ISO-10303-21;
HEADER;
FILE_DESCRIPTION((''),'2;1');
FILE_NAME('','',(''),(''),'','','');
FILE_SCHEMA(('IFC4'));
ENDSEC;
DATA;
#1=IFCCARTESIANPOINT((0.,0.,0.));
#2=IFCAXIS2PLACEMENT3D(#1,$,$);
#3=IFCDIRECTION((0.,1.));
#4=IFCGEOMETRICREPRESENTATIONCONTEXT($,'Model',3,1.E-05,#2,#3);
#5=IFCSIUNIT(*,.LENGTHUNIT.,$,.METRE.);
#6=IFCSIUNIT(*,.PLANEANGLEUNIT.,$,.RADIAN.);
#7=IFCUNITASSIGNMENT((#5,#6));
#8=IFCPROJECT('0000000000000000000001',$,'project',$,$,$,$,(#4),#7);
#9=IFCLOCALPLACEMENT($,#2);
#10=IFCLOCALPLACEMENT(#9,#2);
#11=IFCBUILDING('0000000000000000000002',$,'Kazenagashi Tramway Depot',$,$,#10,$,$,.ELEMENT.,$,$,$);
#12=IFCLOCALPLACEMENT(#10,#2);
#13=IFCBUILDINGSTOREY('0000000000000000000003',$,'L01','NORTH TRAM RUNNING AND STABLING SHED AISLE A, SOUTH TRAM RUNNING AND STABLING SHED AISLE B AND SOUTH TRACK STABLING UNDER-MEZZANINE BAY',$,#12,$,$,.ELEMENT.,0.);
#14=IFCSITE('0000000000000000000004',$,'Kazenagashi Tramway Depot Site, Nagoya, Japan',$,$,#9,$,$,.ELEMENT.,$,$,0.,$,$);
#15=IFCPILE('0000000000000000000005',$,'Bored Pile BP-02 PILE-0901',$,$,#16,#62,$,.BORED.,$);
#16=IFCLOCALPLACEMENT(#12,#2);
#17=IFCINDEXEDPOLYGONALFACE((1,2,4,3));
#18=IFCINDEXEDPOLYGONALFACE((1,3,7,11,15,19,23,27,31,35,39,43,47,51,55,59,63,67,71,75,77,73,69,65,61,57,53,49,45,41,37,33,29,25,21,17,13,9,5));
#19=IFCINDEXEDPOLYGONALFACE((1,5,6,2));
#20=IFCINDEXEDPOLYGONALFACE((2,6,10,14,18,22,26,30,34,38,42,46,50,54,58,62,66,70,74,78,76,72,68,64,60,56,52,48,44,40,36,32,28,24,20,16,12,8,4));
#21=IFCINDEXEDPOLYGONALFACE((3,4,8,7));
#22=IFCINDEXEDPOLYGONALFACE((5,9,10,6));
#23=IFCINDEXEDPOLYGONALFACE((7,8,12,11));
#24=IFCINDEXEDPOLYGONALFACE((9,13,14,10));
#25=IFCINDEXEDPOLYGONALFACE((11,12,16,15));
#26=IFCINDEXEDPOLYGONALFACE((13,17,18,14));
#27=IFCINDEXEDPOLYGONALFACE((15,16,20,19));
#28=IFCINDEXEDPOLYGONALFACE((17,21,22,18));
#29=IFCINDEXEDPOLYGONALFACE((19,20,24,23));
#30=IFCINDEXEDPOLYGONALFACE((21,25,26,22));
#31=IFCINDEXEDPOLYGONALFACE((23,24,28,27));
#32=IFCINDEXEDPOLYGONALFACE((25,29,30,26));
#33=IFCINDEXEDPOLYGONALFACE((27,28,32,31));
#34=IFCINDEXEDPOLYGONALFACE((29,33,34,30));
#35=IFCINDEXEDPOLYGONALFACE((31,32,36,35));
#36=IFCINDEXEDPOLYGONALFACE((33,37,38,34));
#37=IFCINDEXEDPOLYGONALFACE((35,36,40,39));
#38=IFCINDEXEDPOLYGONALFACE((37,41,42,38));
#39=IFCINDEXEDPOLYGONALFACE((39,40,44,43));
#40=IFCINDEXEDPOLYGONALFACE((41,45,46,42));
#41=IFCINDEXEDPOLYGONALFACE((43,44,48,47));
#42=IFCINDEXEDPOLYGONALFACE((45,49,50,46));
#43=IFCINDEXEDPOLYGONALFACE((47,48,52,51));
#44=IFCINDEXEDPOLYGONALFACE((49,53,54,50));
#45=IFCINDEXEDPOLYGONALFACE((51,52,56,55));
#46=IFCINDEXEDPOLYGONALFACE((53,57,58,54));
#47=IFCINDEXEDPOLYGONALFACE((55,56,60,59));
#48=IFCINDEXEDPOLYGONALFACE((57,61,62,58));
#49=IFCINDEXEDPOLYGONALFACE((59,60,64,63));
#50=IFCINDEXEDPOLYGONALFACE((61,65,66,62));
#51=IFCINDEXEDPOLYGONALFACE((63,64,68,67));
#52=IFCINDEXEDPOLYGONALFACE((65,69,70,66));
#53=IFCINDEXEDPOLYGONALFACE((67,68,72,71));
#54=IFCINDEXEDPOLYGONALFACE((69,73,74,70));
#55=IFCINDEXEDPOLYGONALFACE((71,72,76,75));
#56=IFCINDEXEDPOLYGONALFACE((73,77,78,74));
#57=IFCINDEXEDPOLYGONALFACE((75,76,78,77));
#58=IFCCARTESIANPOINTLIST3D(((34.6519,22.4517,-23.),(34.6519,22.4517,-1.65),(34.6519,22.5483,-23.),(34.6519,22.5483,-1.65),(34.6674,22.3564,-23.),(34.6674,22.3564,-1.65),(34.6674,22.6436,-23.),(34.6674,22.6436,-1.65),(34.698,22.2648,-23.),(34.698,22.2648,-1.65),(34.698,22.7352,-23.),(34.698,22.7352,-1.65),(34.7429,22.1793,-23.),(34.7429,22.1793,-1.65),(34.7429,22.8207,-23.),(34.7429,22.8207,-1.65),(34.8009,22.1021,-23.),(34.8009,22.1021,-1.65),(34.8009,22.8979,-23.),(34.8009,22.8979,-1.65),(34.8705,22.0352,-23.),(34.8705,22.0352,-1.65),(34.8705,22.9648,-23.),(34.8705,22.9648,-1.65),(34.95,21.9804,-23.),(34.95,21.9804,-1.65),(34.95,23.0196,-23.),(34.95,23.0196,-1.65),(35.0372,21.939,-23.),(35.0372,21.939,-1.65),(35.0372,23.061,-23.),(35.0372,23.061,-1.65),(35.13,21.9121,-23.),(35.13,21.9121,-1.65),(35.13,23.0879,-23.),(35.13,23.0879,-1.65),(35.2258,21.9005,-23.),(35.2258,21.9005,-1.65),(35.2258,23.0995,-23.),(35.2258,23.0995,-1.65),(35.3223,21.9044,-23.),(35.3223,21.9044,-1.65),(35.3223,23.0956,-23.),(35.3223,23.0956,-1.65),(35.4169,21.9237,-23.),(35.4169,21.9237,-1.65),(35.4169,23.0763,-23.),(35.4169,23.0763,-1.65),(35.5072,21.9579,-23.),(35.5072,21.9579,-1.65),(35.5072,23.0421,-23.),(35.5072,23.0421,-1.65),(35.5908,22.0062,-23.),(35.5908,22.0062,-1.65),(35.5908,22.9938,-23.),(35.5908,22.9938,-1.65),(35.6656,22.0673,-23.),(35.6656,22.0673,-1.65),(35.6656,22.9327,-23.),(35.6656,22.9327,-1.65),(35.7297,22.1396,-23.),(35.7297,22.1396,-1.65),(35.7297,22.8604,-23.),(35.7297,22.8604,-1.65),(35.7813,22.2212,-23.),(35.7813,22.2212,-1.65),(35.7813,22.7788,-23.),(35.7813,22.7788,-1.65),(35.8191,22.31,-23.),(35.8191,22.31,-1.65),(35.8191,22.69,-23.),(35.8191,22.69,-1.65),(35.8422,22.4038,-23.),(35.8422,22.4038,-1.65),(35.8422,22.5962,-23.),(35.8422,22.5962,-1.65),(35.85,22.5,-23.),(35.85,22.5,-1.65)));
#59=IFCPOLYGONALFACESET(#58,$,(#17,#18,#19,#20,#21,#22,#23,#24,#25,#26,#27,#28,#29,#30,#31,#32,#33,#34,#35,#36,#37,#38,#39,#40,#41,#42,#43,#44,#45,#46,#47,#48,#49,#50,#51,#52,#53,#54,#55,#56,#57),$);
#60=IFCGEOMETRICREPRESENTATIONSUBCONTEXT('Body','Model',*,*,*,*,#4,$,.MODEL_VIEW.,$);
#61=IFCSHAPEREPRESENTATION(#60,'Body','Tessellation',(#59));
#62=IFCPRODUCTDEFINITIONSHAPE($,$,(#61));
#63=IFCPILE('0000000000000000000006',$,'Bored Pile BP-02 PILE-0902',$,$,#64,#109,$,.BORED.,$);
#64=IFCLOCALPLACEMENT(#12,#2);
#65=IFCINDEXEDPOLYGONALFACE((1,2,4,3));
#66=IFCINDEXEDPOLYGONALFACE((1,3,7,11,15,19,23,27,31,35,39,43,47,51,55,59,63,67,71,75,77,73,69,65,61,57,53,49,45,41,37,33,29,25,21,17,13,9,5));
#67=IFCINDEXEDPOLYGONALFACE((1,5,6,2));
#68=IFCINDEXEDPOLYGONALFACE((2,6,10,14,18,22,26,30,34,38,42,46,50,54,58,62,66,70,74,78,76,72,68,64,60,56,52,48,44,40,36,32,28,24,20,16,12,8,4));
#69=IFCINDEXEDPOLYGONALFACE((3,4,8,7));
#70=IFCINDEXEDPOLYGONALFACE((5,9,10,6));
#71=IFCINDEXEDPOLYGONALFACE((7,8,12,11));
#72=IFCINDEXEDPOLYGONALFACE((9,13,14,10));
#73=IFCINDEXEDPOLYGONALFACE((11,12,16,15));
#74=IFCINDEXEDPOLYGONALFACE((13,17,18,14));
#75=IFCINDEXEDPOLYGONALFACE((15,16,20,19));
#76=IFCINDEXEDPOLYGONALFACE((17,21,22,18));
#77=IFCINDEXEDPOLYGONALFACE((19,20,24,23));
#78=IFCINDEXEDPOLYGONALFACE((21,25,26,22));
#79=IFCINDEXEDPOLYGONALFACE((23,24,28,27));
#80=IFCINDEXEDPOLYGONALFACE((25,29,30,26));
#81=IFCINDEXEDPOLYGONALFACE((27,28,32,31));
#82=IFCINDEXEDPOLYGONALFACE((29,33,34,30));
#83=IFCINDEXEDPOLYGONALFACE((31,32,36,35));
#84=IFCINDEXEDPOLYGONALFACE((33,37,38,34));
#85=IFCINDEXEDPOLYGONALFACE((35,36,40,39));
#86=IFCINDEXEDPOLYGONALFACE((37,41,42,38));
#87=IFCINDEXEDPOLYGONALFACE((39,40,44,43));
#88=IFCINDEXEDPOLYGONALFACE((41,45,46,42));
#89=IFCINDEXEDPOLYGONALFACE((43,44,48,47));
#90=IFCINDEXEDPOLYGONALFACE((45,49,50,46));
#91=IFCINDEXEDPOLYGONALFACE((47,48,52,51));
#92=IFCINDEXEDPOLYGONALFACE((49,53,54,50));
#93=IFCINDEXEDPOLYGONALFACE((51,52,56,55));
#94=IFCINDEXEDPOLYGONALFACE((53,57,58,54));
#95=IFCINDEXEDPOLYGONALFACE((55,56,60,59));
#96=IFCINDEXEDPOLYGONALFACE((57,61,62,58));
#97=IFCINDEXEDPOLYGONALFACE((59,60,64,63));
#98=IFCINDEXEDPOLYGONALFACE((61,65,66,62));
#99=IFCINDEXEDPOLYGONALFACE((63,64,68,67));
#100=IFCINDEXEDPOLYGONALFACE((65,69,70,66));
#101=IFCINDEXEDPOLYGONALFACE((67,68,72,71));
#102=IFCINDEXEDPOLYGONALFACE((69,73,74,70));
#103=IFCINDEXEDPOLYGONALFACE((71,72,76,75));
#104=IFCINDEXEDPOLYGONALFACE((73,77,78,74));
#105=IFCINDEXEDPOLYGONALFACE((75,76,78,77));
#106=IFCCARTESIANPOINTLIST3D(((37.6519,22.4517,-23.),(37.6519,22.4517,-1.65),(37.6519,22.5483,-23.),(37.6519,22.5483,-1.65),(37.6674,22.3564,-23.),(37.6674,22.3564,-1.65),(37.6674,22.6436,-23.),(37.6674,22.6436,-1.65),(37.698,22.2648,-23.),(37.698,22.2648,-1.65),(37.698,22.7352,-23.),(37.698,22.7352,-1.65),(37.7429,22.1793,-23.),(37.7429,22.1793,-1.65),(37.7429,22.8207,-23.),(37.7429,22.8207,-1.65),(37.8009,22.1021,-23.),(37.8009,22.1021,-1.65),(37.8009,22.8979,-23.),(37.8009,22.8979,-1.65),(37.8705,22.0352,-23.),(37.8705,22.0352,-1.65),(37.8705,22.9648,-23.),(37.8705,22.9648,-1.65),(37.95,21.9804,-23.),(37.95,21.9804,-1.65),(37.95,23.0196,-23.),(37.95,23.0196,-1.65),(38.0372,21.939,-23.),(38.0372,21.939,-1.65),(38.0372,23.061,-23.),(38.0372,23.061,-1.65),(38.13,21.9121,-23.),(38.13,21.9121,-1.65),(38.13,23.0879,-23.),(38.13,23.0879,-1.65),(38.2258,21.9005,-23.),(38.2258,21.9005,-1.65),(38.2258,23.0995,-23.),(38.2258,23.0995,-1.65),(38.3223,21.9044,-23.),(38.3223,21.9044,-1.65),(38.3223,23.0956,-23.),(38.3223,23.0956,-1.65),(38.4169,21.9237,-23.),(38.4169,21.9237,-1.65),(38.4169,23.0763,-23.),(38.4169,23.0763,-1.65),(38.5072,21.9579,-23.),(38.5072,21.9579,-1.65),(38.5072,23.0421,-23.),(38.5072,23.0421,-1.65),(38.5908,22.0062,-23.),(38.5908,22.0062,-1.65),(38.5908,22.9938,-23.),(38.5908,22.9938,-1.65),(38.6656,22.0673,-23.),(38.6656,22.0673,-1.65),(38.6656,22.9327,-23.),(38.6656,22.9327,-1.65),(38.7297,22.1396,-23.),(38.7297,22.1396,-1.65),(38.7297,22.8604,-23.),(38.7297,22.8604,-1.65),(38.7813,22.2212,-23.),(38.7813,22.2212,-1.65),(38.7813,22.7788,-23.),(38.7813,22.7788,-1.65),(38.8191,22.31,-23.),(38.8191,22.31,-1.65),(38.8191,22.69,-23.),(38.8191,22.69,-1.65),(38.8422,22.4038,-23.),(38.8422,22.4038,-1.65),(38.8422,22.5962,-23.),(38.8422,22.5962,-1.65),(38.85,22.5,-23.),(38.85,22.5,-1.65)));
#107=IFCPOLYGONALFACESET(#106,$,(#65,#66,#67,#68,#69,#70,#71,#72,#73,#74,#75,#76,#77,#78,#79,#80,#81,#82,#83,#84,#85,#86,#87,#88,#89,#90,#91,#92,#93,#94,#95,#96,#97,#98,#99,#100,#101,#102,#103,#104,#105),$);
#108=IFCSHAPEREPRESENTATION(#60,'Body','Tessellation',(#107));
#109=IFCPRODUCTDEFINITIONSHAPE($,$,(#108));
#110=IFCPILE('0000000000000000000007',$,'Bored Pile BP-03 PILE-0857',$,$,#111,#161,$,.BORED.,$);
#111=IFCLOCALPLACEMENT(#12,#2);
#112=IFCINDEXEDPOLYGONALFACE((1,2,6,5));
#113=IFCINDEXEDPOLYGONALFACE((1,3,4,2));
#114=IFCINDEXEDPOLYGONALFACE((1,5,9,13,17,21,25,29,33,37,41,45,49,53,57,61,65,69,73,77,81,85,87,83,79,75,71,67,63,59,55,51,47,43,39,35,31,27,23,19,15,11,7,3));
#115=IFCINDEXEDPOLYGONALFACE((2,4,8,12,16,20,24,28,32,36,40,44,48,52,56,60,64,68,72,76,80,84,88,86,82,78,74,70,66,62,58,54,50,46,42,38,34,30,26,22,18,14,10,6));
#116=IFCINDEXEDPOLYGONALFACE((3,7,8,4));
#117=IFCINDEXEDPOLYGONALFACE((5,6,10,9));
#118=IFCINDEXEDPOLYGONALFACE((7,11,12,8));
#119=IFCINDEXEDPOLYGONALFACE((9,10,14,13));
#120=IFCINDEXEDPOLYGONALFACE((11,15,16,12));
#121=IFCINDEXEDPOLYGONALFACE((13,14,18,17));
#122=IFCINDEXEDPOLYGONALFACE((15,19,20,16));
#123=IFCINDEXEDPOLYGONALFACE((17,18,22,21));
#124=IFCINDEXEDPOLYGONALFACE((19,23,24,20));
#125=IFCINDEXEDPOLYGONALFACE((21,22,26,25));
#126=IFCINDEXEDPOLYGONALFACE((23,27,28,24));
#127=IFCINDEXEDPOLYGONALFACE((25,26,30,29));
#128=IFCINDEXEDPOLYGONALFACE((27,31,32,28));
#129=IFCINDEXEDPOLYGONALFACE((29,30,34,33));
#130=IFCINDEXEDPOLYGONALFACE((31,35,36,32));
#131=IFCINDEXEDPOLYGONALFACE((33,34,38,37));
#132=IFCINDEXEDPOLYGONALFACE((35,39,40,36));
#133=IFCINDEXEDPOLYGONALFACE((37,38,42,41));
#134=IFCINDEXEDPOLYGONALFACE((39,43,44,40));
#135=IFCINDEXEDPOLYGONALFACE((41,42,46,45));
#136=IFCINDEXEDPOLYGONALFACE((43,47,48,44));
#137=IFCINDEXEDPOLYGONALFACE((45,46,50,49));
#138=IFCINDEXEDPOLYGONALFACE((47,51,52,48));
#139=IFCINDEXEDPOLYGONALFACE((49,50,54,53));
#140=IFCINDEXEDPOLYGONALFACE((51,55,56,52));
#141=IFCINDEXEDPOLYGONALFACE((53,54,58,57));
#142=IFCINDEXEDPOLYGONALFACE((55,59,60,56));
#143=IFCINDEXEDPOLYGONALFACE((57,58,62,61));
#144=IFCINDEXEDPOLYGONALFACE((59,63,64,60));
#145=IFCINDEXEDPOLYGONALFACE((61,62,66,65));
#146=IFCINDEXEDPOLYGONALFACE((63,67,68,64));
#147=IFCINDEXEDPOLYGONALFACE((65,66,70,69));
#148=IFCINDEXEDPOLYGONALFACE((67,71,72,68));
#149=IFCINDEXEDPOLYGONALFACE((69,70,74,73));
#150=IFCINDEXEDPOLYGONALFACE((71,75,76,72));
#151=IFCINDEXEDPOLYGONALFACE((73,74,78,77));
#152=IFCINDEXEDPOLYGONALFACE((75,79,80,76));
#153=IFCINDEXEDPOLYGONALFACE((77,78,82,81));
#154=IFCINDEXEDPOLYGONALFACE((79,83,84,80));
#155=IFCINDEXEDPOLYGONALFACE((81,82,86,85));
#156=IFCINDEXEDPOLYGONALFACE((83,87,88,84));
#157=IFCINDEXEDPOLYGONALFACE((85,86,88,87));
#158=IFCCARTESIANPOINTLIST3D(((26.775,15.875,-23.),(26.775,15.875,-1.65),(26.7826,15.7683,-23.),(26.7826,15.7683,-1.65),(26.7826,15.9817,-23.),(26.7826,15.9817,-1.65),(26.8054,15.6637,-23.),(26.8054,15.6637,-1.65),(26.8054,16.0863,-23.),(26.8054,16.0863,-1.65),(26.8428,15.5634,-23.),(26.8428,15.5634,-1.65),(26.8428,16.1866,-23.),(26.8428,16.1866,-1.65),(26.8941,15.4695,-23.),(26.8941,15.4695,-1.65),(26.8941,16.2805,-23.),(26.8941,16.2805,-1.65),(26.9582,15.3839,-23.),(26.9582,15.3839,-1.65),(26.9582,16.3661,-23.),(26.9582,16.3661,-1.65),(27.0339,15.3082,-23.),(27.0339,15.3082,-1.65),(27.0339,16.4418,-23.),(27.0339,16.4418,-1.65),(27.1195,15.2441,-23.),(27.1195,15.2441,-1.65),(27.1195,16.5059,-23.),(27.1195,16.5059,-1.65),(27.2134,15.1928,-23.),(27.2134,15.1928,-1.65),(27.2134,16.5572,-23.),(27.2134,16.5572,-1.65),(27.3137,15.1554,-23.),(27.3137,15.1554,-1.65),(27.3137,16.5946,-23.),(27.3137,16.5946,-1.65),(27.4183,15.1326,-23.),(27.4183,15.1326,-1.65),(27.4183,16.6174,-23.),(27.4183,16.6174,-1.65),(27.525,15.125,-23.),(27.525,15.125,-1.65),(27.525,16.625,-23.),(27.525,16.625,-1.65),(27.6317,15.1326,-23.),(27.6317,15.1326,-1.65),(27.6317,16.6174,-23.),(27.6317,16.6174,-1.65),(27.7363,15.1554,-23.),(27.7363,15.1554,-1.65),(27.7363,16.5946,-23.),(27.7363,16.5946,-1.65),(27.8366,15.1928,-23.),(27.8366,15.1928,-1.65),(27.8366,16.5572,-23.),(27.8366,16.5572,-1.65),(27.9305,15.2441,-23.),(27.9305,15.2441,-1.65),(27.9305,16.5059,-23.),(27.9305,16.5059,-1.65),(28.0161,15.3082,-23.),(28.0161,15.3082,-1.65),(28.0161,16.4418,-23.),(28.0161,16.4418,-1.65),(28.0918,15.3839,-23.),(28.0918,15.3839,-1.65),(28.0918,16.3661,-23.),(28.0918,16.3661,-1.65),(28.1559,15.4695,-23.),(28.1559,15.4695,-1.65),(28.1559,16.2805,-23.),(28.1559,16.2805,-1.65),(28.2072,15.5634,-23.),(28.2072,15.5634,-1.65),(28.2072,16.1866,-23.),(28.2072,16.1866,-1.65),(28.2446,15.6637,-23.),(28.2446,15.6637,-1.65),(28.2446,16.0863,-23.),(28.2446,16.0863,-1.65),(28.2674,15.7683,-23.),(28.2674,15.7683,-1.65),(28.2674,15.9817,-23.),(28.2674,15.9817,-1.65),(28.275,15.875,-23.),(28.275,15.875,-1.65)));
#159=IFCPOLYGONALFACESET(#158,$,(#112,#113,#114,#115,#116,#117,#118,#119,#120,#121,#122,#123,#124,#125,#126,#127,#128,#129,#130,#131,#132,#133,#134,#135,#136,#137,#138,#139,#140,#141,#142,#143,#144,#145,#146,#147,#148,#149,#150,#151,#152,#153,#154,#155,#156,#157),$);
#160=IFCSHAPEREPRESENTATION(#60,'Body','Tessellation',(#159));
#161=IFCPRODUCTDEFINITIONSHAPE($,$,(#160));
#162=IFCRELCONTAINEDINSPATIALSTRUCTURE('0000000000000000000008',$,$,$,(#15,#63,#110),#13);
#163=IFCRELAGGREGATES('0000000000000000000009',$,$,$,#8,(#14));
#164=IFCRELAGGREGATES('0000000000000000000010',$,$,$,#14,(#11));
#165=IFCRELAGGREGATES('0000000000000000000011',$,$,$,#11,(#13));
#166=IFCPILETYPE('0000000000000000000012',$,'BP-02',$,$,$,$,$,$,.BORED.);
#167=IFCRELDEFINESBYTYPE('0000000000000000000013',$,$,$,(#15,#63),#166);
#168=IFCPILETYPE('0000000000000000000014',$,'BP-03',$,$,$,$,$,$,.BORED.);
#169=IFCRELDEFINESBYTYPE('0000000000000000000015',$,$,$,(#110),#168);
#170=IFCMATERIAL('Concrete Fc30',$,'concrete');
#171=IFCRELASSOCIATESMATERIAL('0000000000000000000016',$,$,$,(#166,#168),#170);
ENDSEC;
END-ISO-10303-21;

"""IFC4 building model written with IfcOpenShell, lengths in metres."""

from ifc_helpers import new_model, si_unit, direction, frame, origin, origin_2d, place, context, subcontext, project, spatial, circle, extrude, material, material_profile, profile_set, type_object, element, save


model = new_model("IFC4")

# Units and contexts
model_context = context("Model", 3, precision=1e-05, world=origin(), true_north=direction((0.0, 1.0)))
body_context = subcontext(model_context, "Body", "Model", "MODEL_VIEW")
ifc_project = project(units=[si_unit("LENGTHUNIT", "METRE"), si_unit("PLANEANGLEUNIT", "RADIAN")], contexts=[model_context])

# Site, building, storey
site_placement = place(None, origin())
site = spatial("IfcSite", under=ifc_project, at=site_placement, Name="Kazenagashi Tramway Depot Site, Nagoya, Japan", CompositionType="ELEMENT", RefElevation=0.0)
building_placement = place(site_placement, origin())
building = spatial("IfcBuilding", under=site, at=building_placement, Name="Kazenagashi Tramway Depot", CompositionType="ELEMENT")
storey_placement = place(building_placement, origin())
storey = spatial("IfcBuildingStorey", under=building, at=storey_placement, Name="L01", Description="NORTH TRAM RUNNING AND STABLING SHED AISLE A, SOUTH TRAM RUNNING AND STABLING SHED AISLE B AND SOUTH TRACK STABLING UNDER-MEZZANINE BAY", CompositionType="ELEMENT", Elevation=0.0)

# Piles
ifc_material_1 = material(Name="Concrete Fc30", Category="concrete")
ifc_material_profile_1 = material_profile(ifc_material_1, circle(Radius=0.6, at=origin_2d()), Name="PILE-1200")
ifc_profile_set_1 = profile_set([ifc_material_profile_1], Name="Concrete Fc30")
pile_type_1 = type_object("IfcPileType", Name="BP-02", PredefinedType="BORED", material=ifc_profile_set_1)
for number, where, z_axis, x_axis, name in (
    (1, (35.25, 22.5, -1.65), (0.0, 0.0, -1.0), (1.0, 0.0, 0.0), "Bored Pile BP-02 PILE-0901"),
    (2, (38.25, 22.5, -1.65), (0.0, 0.0, -1.0), (1.0, 0.0, 0.0), "Bored Pile BP-02 PILE-0902"),
):
    element("IfcPile", number, at=place(storey_placement, frame(where, z_axis=z_axis, x_axis=x_axis)), inside=storey, type_object=pile_type_1, Name=name, PredefinedType="BORED", context=body_context, shape_type="SweptSolid", body=[
        extrude(circle(Radius=0.6, at=origin_2d()), origin(), (0.0, 0.0, 1.0), 21.35),
    ])
ifc_material_profile_2 = material_profile(ifc_material_1, circle(Radius=0.75, at=origin_2d()), Name="PILE-1500")
ifc_profile_set_2 = profile_set([ifc_material_profile_2], Name="Concrete Fc30")
pile_type_2 = type_object("IfcPileType", Name="BP-03", PredefinedType="BORED", material=ifc_profile_set_2)
for number, where, z_axis, x_axis, name in (
    (3, (27.525, 15.875, -1.65), (0.0, 0.0, -1.0), (1.0, 0.0, 0.0), "Bored Pile BP-03 PILE-0857"),
):
    element("IfcPile", number, at=place(storey_placement, frame(where, z_axis=z_axis, x_axis=x_axis)), inside=storey, type_object=pile_type_2, Name=name, PredefinedType="BORED", context=body_context, shape_type="SweptSolid", body=[
        extrude(circle(Radius=0.75, at=origin_2d()), origin(), (0.0, 0.0, 1.0), 21.35),
    ])

save(model, "model.ifc")
